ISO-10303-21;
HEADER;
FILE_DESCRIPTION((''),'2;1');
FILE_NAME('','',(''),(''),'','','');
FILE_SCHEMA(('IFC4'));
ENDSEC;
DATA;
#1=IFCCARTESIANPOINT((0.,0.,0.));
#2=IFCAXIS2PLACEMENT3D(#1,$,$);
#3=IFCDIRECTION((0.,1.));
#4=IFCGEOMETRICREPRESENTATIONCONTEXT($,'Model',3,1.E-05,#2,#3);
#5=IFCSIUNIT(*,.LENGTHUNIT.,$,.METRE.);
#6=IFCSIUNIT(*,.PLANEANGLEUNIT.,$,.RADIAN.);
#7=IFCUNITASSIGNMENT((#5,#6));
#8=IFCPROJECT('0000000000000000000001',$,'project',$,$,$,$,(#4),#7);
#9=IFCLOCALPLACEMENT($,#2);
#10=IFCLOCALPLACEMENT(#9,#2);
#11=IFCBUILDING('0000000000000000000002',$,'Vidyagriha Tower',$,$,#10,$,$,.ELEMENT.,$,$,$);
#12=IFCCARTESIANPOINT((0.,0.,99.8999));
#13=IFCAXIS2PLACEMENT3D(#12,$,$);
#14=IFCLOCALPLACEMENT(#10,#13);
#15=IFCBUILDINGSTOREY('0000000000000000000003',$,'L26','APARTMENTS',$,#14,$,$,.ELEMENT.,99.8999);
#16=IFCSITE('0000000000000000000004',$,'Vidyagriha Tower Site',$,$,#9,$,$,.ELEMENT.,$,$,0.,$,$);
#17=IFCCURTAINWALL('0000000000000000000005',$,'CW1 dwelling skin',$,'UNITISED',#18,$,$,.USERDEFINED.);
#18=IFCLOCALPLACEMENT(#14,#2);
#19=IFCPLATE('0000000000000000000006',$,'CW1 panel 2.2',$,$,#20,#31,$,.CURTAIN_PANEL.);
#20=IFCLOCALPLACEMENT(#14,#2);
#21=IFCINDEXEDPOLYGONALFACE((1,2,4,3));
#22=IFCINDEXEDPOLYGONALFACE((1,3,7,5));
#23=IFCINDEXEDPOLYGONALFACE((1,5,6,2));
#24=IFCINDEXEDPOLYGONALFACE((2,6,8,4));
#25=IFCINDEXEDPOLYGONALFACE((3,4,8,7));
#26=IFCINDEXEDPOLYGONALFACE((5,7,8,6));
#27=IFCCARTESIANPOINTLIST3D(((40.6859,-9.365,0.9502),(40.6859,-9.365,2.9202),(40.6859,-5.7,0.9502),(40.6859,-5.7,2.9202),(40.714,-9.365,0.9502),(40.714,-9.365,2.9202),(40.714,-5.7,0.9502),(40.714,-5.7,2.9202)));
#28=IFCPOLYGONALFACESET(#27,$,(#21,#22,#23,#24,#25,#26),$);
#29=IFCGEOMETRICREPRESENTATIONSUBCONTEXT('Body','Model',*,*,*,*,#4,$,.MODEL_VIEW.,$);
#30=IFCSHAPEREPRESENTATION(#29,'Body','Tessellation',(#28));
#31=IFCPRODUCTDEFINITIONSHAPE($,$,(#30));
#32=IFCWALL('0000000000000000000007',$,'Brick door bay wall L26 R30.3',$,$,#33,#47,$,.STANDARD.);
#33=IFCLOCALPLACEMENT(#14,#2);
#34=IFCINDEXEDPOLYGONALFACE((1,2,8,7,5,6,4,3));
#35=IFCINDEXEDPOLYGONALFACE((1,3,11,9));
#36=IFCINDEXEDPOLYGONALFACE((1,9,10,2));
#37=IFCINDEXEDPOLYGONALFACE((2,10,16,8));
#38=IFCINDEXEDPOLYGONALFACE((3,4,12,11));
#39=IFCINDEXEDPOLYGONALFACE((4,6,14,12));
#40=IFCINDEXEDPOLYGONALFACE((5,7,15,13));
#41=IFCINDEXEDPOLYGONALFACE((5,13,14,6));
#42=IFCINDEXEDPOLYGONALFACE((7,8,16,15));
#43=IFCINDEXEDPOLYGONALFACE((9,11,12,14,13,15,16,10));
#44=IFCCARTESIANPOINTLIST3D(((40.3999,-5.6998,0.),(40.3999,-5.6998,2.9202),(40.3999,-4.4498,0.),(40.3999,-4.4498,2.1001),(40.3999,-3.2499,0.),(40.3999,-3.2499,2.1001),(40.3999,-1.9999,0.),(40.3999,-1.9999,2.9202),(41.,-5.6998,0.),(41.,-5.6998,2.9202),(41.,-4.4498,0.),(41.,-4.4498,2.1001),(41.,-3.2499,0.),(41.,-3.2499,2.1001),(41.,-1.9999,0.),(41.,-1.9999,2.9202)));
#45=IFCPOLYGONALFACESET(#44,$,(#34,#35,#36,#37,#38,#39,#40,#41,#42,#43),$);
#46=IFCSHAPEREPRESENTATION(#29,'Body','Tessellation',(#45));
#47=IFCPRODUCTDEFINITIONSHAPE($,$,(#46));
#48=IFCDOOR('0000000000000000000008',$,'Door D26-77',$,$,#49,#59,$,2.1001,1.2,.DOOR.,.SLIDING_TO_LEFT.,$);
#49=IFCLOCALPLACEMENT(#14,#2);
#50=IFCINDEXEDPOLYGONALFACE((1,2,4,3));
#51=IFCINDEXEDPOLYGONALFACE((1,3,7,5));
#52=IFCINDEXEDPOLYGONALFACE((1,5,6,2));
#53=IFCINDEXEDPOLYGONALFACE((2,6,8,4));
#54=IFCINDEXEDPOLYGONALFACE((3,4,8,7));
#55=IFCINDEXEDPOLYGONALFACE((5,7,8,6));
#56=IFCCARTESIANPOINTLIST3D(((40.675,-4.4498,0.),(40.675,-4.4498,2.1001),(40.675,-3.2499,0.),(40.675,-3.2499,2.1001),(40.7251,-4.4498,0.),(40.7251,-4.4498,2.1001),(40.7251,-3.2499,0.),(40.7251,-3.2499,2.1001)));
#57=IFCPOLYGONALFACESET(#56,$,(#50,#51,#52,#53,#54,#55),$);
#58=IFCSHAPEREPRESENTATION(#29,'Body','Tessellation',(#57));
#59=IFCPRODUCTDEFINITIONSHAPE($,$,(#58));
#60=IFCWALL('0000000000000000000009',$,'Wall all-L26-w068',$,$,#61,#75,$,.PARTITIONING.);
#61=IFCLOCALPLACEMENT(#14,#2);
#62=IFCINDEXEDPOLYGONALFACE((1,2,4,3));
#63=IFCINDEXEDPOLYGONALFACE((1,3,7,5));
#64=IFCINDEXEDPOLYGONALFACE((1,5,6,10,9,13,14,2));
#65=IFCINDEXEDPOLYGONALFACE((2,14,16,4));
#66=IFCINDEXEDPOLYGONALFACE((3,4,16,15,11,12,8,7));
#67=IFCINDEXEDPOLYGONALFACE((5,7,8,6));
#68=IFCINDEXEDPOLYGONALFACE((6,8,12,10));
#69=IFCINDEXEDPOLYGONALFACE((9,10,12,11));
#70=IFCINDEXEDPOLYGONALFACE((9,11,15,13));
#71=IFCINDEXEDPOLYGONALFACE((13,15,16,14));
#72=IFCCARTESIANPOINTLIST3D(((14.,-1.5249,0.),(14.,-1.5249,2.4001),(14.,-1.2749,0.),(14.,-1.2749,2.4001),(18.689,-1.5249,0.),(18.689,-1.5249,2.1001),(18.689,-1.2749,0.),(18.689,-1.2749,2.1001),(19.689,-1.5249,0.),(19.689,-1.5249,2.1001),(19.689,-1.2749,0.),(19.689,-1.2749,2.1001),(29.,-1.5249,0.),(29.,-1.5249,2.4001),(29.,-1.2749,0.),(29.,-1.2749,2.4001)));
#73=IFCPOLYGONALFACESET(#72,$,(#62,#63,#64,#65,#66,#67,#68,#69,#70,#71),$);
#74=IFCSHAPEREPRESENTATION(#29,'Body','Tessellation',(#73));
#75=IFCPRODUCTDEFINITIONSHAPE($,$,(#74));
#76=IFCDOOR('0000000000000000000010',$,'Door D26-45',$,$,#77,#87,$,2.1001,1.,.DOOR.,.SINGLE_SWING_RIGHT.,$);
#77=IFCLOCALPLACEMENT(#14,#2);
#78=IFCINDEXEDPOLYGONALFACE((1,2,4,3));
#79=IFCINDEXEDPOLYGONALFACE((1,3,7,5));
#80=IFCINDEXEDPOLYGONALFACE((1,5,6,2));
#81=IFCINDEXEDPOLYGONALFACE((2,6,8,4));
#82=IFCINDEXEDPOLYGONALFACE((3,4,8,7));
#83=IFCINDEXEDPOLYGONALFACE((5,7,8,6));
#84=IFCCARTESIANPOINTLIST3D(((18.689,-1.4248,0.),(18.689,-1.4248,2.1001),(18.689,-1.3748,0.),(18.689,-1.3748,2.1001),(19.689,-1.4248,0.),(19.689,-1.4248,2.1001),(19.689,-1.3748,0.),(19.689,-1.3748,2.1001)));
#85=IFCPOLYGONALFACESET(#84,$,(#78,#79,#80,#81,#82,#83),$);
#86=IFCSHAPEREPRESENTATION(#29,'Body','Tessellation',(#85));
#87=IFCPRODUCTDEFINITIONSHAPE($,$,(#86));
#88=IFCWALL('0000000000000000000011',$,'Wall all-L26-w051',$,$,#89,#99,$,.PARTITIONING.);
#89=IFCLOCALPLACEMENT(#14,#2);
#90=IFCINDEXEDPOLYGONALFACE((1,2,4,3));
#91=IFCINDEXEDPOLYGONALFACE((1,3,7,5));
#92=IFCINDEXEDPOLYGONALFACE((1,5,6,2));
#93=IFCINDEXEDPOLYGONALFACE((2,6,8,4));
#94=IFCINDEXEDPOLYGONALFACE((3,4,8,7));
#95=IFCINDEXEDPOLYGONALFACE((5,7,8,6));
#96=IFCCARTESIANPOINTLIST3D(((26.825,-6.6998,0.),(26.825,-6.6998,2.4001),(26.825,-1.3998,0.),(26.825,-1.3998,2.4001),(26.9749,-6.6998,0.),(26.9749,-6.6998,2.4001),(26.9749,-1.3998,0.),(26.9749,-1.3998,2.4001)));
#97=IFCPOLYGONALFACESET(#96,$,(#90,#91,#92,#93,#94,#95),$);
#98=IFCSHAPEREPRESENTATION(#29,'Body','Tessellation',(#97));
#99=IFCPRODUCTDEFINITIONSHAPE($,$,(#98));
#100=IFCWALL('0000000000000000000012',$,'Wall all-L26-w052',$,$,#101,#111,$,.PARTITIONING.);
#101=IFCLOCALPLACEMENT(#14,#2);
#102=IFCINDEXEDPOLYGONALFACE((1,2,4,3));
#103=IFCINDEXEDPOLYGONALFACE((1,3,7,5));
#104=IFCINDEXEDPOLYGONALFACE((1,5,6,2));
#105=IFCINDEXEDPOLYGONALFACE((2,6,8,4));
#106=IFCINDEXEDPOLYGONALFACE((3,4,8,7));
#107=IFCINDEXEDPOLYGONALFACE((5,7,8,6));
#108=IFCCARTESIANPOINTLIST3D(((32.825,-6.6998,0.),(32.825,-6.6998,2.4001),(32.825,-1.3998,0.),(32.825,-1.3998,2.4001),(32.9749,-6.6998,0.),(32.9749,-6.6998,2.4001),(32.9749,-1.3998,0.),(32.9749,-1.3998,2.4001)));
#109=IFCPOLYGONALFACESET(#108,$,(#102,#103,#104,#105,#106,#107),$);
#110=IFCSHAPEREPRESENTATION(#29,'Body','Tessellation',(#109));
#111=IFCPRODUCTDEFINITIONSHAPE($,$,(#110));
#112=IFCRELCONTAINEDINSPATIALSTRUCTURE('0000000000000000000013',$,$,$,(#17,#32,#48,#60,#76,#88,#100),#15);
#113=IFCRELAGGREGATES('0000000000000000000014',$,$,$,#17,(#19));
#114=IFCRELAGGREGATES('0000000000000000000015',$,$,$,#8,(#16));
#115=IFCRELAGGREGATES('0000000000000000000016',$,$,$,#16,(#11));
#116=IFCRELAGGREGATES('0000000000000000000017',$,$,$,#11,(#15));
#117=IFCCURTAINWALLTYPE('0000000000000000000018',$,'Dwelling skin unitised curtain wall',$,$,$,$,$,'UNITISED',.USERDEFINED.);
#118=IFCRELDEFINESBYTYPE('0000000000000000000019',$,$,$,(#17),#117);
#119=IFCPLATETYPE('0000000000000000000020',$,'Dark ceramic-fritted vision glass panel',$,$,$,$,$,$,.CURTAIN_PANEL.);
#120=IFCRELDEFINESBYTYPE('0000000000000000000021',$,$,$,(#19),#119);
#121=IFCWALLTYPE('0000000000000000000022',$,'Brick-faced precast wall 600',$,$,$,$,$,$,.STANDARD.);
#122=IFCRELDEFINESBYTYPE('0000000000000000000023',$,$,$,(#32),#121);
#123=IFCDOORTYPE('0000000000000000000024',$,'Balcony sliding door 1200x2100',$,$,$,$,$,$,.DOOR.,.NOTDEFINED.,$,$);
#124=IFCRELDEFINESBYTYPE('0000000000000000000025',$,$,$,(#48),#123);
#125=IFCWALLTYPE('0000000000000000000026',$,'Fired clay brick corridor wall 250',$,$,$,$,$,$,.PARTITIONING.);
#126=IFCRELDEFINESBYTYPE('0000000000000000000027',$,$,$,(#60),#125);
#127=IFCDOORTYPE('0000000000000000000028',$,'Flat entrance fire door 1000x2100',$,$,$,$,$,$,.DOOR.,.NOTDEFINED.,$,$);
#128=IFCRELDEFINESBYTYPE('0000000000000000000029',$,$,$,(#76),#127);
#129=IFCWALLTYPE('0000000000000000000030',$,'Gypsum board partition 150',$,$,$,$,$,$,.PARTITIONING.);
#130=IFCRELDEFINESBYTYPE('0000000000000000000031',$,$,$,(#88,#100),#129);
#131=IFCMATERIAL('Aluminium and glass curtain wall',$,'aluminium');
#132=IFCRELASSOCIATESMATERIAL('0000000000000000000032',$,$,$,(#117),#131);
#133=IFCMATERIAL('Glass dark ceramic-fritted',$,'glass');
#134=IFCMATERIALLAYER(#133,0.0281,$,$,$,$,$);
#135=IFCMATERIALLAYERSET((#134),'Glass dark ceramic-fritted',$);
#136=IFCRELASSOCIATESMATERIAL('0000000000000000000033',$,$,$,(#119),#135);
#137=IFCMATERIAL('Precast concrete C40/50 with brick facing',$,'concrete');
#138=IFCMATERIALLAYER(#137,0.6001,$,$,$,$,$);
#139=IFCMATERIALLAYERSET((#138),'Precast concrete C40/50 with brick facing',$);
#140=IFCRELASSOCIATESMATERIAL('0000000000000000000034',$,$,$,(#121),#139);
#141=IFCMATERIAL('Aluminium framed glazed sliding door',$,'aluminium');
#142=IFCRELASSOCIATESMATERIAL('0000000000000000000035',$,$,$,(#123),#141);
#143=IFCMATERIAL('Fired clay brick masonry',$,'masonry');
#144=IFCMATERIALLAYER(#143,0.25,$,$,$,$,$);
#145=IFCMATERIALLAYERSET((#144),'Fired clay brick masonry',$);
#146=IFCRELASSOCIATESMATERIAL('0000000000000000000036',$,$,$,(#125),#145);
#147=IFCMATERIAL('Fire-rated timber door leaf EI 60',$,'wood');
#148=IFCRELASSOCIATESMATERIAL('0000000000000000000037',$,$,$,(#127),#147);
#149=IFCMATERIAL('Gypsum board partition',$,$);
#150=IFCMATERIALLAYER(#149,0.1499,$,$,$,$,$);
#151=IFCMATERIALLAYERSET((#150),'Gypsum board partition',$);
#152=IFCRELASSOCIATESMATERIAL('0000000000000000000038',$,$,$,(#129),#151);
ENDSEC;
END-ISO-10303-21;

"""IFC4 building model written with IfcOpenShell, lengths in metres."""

from ifc_helpers import new_model, si_unit, direction, frame, frame_2d, origin, origin_2d, place, context, subcontext, project, spatial, rectangle, extrude, material, layer, layer_set, type_object, element, fill, aggregate, save


model = new_model("IFC4")

# Units and contexts
model_context = context("Model", 3, precision=1e-05, world=origin(), true_north=direction((0.0, 1.0)))
body_context = subcontext(model_context, "Body", "Model", "MODEL_VIEW")
ifc_project = project(units=[si_unit("LENGTHUNIT", "METRE"), si_unit("PLANEANGLEUNIT", "RADIAN")], contexts=[model_context])

# Site, building, storey
site_placement = place(None, origin())
site = spatial("IfcSite", under=ifc_project, at=site_placement, Name="Vidyagriha Tower Site", CompositionType="ELEMENT", RefElevation=0.0)
building_placement = place(site_placement, origin())
building = spatial("IfcBuilding", under=site, at=building_placement, Name="Vidyagriha Tower", CompositionType="ELEMENT")
storey_placement = place(building_placement, frame((0.0, 0.0, 99.8999)))
storey = spatial("IfcBuildingStorey", under=building, at=storey_placement, Name="L26", Description="APARTMENTS", CompositionType="ELEMENT", Elevation=99.8999)

# Curtain wall
ifc_material_1 = material(Name="Aluminium and glass curtain wall", Category="aluminium")
curtain_wall_type = type_object("IfcCurtainWallType", Name="Dwelling skin unitised curtain wall", ElementType="UNITISED", PredefinedType="USERDEFINED", material=ifc_material_1)
curtain_wall_1_placement = place(storey_placement, origin())
curtain_wall_1 = element("IfcCurtainWall", 1, at=curtain_wall_1_placement, inside=storey, type_object=curtain_wall_type, Name="CW1 dwelling skin", ObjectType="UNITISED", PredefinedType="USERDEFINED")

# Plate
ifc_material_2 = material(Name="Glass dark ceramic-fritted", Category="glass")
ifc_layer_1 = layer(ifc_material_2, 0.0281)
ifc_layer_set_1 = layer_set([ifc_layer_1], Name="Glass dark ceramic-fritted")
plate_type_1 = type_object("IfcPlateType", Name="Dark ceramic-fritted vision glass panel", PredefinedType="CURTAIN_PANEL", material=ifc_layer_set_1)
plate_1_placement = place(storey_placement, frame((40.7, -7.5325, 0.9502), z_axis=(0.0, 0.0, 1.0), x_axis=(0.0, 1.0, 0.0)))
plate_1 = element("IfcPlate", 2, at=plate_1_placement, type_object=plate_type_1, Name="CW1 panel 2.2", PredefinedType="CURTAIN_PANEL", context=body_context, shape_type="SweptSolid", body=[
    extrude(rectangle(XDim=3.665, YDim=0.0281, at=origin_2d()), origin(), (0.0, 0.0, 1.0), 1.97),
])
aggregate(curtain_wall_1, [plate_1])

# Walls, openings, doors
ifc_material_3 = material(Name="Precast concrete C40/50 with brick facing", Category="concrete")
ifc_layer_2 = layer(ifc_material_3, 0.6001)
ifc_layer_set_2 = layer_set([ifc_layer_2], Name="Precast concrete C40/50 with brick facing")
wall_type_1 = type_object("IfcWallType", Name="Brick-faced precast wall 600", PredefinedType="STANDARD", material=ifc_layer_set_2)
wall_1_placement = place(storey_placement, frame((40.7, -5.7, 0.0), z_axis=(0.0, 0.0, 1.0), x_axis=(0.0, 1.0, 0.0)))
wall_1 = element("IfcWall", 3, at=wall_1_placement, inside=storey, type_object=wall_type_1, Name="Brick door bay wall L26 R30.3", PredefinedType="STANDARD", context=body_context, shape_type="SweptSolid", body=[
    extrude(rectangle(XDim=3.7, YDim=0.6001, at=frame_2d((1.8501, 0.0))), origin(), (0.0, 0.0, 1.0), 2.9202),
])
opening_1_placement = place(wall_1_placement, frame((1.25, 0.0, 0.0)))
opening_1 = element("IfcOpeningElement", 4, at=opening_1_placement, cuts=wall_1, PredefinedType="OPENING", context=body_context, shape_type="SweptSolid", body=[
    extrude(rectangle(XDim=1.2, YDim=2.1001, at=frame_2d((0.6001, 1.05))), frame((0.0, 0.3101, 0.0), z_axis=(0.0, -1.0, 0.0), x_axis=(1.0, 0.0, 0.0)), (0.0, 0.0, 1.0), 0.6201),
])
ifc_material_4 = material(Name="Aluminium framed glazed sliding door", Category="aluminium")
door_type_1 = type_object("IfcDoorType", Name="Balcony sliding door 1200x2100", OperationType="NOTDEFINED", PredefinedType="DOOR", material=ifc_material_4)
door_1_placement = place(opening_1_placement, origin())
door_1 = element("IfcDoor", 5, at=door_1_placement, inside=storey, type_object=door_type_1, Name="Door D26-77", OperationType="SLIDING_TO_LEFT", OverallHeight=2.1001, OverallWidth=1.2, PredefinedType="DOOR", context=body_context, shape_type="SweptSolid", body=[
    extrude(rectangle(XDim=1.2, YDim=2.1001, at=frame_2d((0.6001, 1.05))), frame((0.0, 0.0249, 0.0), z_axis=(0.0, -1.0, 0.0), x_axis=(1.0, 0.0, 0.0)), (0.0, 0.0, 1.0), 0.05),
])
fill(opening_1, door_1)
ifc_material_5 = material(Name="Fired clay brick masonry", Category="masonry")
ifc_layer_3 = layer(ifc_material_5, 0.25)
ifc_layer_set_3 = layer_set([ifc_layer_3], Name="Fired clay brick masonry")
wall_type_2 = type_object("IfcWallType", Name="Fired clay brick corridor wall 250", PredefinedType="PARTITIONING", material=ifc_layer_set_3)
wall_2_placement = place(storey_placement, frame((29.0, -1.3999, 0.0), z_axis=(0.0, 0.0, 1.0), x_axis=(-1.0, 0.0, 0.0)))
wall_2 = element("IfcWall", 6, at=wall_2_placement, inside=storey, type_object=wall_type_2, Name="Wall all-L26-w068", PredefinedType="PARTITIONING", context=body_context, shape_type="SweptSolid", body=[
    extrude(rectangle(XDim=15.0, YDim=0.25, at=frame_2d((7.5, 0.0))), origin(), (0.0, 0.0, 1.0), 2.4001),
])
opening_2_placement = place(wall_2_placement, frame((9.311, 0.0, 0.0)))
opening_2 = element("IfcOpeningElement", 7, at=opening_2_placement, cuts=wall_2, PredefinedType="OPENING", context=body_context, shape_type="SweptSolid", body=[
    extrude(rectangle(XDim=1.0, YDim=2.1001, at=frame_2d((0.5, 1.05))), frame((0.0, 0.135, 0.0), z_axis=(0.0, -1.0, 0.0), x_axis=(1.0, 0.0, 0.0)), (0.0, 0.0, 1.0), 0.27),
])
ifc_material_6 = material(Name="Fire-rated timber door leaf EI 60", Category="wood")
door_type_2 = type_object("IfcDoorType", Name="Flat entrance fire door 1000x2100", OperationType="NOTDEFINED", PredefinedType="DOOR", material=ifc_material_6)
door_2_placement = place(opening_2_placement, origin())
door_2 = element("IfcDoor", 8, at=door_2_placement, inside=storey, type_object=door_type_2, Name="Door D26-45", OperationType="SINGLE_SWING_RIGHT", OverallHeight=2.1001, OverallWidth=1.0, PredefinedType="DOOR", context=body_context, shape_type="SweptSolid", body=[
    extrude(rectangle(XDim=1.0, YDim=2.1001, at=frame_2d((0.5, 1.05))), frame((0.0, 0.0249, 0.0), z_axis=(0.0, -1.0, 0.0), x_axis=(1.0, 0.0, 0.0)), (0.0, 0.0, 1.0), 0.05),
])
fill(opening_2, door_2)

# Walls
ifc_material_7 = material(Name="Gypsum board partition")
ifc_layer_4 = layer(ifc_material_7, 0.1499)
ifc_layer_set_4 = layer_set([ifc_layer_4], Name="Gypsum board partition")
wall_type_3 = type_object("IfcWallType", Name="Gypsum board partition 150", PredefinedType="PARTITIONING", material=ifc_layer_set_4)
for number, where, z_axis, x_axis, name in (
    (9, (26.8999, -1.3999, 0.0), (0.0, 0.0, 1.0), (0.0, -1.0, 0.0), "Wall all-L26-w051"),
    (10, (32.8999, -1.3999, 0.0), (0.0, 0.0, 1.0), (0.0, -1.0, 0.0), "Wall all-L26-w052"),
):
    element("IfcWall", number, at=place(storey_placement, frame(where, z_axis=z_axis, x_axis=x_axis)), inside=storey, type_object=wall_type_3, Name=name, PredefinedType="PARTITIONING", context=body_context, shape_type="SweptSolid", body=[
        extrude(rectangle(XDim=5.3, YDim=0.1499, at=frame_2d((2.6499, 0.0))), origin(), (0.0, 0.0, 1.0), 2.4001),
    ])

save(model, "model.ifc")
